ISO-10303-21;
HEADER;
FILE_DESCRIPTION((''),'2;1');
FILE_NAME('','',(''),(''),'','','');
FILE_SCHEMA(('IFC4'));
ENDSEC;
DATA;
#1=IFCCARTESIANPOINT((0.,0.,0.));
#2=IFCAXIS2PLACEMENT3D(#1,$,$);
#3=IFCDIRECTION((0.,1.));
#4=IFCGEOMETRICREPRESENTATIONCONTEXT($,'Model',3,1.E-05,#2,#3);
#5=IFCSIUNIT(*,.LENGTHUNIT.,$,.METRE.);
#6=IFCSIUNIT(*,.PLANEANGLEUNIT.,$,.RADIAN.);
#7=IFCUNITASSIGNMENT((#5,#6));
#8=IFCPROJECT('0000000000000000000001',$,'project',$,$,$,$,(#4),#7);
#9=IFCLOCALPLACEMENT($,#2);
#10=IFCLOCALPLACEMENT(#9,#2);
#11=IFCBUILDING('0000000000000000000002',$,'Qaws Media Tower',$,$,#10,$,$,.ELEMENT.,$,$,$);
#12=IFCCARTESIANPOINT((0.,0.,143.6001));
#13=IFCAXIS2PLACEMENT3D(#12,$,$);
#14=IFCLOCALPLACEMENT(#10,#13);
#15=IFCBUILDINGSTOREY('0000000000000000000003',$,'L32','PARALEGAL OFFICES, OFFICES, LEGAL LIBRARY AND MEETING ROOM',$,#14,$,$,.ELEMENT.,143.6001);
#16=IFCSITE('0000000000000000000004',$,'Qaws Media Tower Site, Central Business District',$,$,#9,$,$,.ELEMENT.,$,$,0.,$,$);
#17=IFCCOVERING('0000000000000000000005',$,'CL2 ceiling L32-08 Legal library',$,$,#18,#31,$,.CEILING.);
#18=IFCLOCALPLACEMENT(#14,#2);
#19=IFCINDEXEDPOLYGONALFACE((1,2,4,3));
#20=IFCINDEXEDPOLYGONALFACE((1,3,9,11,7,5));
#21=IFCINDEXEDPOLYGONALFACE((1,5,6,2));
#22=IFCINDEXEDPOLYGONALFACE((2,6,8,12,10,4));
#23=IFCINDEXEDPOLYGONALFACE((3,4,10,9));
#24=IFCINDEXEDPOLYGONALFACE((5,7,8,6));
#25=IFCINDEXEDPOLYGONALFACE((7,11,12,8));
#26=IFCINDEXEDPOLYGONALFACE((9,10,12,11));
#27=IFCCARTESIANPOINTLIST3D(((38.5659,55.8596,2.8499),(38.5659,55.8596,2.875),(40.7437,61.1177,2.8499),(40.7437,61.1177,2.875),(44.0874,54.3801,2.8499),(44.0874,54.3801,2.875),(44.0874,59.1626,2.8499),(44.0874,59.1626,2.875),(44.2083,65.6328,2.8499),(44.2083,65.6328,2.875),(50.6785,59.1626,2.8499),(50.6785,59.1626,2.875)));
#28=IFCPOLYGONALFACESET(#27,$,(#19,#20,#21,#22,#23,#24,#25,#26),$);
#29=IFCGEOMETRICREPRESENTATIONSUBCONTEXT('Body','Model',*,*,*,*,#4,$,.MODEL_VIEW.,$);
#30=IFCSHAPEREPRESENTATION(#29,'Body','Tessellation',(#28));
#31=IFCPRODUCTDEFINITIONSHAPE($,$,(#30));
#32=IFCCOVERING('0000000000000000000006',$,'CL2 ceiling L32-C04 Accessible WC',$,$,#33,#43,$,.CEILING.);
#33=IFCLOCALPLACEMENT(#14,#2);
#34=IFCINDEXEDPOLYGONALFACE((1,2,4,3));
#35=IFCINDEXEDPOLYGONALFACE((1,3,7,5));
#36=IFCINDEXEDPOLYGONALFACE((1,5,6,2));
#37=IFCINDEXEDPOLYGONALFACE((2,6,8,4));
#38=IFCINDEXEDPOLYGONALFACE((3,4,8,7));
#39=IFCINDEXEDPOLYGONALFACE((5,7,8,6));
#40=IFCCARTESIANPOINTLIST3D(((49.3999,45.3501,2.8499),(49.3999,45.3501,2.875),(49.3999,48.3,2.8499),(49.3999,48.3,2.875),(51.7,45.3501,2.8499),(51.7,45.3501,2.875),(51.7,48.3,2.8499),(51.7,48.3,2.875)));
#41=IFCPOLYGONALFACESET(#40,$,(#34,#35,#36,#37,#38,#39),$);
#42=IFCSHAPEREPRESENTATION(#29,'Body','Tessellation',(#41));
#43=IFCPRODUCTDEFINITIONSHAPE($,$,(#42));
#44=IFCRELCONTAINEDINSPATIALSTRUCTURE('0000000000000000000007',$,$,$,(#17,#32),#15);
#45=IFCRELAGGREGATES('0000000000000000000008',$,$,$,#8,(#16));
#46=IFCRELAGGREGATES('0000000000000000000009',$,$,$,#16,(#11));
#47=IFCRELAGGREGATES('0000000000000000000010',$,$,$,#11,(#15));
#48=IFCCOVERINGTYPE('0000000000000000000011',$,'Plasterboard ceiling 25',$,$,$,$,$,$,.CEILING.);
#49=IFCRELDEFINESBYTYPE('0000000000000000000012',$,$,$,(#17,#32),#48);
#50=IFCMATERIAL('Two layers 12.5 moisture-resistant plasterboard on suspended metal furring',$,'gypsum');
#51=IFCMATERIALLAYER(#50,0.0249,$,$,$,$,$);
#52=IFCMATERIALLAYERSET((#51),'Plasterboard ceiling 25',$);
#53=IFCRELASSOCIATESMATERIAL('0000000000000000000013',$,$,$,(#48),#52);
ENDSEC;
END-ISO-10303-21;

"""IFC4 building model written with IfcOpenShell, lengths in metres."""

from ifc_helpers import new_model, si_unit, direction, frame, origin, place, context, subcontext, project, spatial, polyline, outline, extrude, material, layer, layer_set, type_object, element, save


model = new_model("IFC4")

# Units and contexts
model_context = context("Model", 3, precision=1e-05, world=origin(), true_north=direction((0.0, 1.0)))
body_context = subcontext(model_context, "Body", "Model", "MODEL_VIEW")
ifc_project = project(units=[si_unit("LENGTHUNIT", "METRE"), si_unit("PLANEANGLEUNIT", "RADIAN")], contexts=[model_context])

# Site, building, storey
site_placement = place(None, origin())
site = spatial("IfcSite", under=ifc_project, at=site_placement, Name="Qaws Media Tower Site, Central Business District", CompositionType="ELEMENT", RefElevation=0.0)
building_placement = place(site_placement, origin())
building = spatial("IfcBuilding", under=site, at=building_placement, Name="Qaws Media Tower", CompositionType="ELEMENT")
storey_placement = place(building_placement, frame((0.0, 0.0, 143.6001)))
storey = spatial("IfcBuildingStorey", under=building, at=storey_placement, Name="L32", Description="PARALEGAL OFFICES, OFFICES, LEGAL LIBRARY AND MEETING ROOM", CompositionType="ELEMENT", Elevation=143.6001)

# Coverings
ifc_material_1 = material(Name="Two layers 12.5 moisture-resistant plasterboard on suspended metal furring", Category="gypsum")
ifc_layer_1 = layer(ifc_material_1, 0.0249)
ifc_layer_set_1 = layer_set([ifc_layer_1], Name="Plasterboard ceiling 25")
covering_type_1 = type_object("IfcCoveringType", Name="Plasterboard ceiling 25", PredefinedType="CEILING", material=ifc_layer_set_1)
covering_1_placement = place(storey_placement, frame((0.0, 0.0, 2.8499)))
element("IfcCovering", 1, at=covering_1_placement, inside=storey, type_object=covering_type_1, Name="CL2 ceiling L32-08 Legal library", PredefinedType="CEILING", context=body_context, shape_type="SweptSolid", body=[
    extrude(outline(polyline([(40.7437, 61.1177), (44.2083, 65.6328), (50.6785, 59.1626), (44.0874, 59.1626), (44.0874, 54.3801), (38.5659, 55.8596), (40.7437, 61.1177)])), origin(), (0.0, 0.0, 1.0), 0.0251),
])
covering_2_placement = place(storey_placement, frame((0.0, 0.0, 2.8499)))
element("IfcCovering", 2, at=covering_2_placement, inside=storey, type_object=covering_type_1, Name="CL2 ceiling L32-C04 Accessible WC", PredefinedType="CEILING", context=body_context, shape_type="SweptSolid", body=[
    extrude(outline(polyline([(49.3999, 45.3501), (49.3999, 48.3), (51.7, 48.3), (51.7, 45.3501), (49.3999, 45.3501)])), origin(), (0.0, 0.0, 1.0), 0.0251),
])

save(model, "model.ifc")
